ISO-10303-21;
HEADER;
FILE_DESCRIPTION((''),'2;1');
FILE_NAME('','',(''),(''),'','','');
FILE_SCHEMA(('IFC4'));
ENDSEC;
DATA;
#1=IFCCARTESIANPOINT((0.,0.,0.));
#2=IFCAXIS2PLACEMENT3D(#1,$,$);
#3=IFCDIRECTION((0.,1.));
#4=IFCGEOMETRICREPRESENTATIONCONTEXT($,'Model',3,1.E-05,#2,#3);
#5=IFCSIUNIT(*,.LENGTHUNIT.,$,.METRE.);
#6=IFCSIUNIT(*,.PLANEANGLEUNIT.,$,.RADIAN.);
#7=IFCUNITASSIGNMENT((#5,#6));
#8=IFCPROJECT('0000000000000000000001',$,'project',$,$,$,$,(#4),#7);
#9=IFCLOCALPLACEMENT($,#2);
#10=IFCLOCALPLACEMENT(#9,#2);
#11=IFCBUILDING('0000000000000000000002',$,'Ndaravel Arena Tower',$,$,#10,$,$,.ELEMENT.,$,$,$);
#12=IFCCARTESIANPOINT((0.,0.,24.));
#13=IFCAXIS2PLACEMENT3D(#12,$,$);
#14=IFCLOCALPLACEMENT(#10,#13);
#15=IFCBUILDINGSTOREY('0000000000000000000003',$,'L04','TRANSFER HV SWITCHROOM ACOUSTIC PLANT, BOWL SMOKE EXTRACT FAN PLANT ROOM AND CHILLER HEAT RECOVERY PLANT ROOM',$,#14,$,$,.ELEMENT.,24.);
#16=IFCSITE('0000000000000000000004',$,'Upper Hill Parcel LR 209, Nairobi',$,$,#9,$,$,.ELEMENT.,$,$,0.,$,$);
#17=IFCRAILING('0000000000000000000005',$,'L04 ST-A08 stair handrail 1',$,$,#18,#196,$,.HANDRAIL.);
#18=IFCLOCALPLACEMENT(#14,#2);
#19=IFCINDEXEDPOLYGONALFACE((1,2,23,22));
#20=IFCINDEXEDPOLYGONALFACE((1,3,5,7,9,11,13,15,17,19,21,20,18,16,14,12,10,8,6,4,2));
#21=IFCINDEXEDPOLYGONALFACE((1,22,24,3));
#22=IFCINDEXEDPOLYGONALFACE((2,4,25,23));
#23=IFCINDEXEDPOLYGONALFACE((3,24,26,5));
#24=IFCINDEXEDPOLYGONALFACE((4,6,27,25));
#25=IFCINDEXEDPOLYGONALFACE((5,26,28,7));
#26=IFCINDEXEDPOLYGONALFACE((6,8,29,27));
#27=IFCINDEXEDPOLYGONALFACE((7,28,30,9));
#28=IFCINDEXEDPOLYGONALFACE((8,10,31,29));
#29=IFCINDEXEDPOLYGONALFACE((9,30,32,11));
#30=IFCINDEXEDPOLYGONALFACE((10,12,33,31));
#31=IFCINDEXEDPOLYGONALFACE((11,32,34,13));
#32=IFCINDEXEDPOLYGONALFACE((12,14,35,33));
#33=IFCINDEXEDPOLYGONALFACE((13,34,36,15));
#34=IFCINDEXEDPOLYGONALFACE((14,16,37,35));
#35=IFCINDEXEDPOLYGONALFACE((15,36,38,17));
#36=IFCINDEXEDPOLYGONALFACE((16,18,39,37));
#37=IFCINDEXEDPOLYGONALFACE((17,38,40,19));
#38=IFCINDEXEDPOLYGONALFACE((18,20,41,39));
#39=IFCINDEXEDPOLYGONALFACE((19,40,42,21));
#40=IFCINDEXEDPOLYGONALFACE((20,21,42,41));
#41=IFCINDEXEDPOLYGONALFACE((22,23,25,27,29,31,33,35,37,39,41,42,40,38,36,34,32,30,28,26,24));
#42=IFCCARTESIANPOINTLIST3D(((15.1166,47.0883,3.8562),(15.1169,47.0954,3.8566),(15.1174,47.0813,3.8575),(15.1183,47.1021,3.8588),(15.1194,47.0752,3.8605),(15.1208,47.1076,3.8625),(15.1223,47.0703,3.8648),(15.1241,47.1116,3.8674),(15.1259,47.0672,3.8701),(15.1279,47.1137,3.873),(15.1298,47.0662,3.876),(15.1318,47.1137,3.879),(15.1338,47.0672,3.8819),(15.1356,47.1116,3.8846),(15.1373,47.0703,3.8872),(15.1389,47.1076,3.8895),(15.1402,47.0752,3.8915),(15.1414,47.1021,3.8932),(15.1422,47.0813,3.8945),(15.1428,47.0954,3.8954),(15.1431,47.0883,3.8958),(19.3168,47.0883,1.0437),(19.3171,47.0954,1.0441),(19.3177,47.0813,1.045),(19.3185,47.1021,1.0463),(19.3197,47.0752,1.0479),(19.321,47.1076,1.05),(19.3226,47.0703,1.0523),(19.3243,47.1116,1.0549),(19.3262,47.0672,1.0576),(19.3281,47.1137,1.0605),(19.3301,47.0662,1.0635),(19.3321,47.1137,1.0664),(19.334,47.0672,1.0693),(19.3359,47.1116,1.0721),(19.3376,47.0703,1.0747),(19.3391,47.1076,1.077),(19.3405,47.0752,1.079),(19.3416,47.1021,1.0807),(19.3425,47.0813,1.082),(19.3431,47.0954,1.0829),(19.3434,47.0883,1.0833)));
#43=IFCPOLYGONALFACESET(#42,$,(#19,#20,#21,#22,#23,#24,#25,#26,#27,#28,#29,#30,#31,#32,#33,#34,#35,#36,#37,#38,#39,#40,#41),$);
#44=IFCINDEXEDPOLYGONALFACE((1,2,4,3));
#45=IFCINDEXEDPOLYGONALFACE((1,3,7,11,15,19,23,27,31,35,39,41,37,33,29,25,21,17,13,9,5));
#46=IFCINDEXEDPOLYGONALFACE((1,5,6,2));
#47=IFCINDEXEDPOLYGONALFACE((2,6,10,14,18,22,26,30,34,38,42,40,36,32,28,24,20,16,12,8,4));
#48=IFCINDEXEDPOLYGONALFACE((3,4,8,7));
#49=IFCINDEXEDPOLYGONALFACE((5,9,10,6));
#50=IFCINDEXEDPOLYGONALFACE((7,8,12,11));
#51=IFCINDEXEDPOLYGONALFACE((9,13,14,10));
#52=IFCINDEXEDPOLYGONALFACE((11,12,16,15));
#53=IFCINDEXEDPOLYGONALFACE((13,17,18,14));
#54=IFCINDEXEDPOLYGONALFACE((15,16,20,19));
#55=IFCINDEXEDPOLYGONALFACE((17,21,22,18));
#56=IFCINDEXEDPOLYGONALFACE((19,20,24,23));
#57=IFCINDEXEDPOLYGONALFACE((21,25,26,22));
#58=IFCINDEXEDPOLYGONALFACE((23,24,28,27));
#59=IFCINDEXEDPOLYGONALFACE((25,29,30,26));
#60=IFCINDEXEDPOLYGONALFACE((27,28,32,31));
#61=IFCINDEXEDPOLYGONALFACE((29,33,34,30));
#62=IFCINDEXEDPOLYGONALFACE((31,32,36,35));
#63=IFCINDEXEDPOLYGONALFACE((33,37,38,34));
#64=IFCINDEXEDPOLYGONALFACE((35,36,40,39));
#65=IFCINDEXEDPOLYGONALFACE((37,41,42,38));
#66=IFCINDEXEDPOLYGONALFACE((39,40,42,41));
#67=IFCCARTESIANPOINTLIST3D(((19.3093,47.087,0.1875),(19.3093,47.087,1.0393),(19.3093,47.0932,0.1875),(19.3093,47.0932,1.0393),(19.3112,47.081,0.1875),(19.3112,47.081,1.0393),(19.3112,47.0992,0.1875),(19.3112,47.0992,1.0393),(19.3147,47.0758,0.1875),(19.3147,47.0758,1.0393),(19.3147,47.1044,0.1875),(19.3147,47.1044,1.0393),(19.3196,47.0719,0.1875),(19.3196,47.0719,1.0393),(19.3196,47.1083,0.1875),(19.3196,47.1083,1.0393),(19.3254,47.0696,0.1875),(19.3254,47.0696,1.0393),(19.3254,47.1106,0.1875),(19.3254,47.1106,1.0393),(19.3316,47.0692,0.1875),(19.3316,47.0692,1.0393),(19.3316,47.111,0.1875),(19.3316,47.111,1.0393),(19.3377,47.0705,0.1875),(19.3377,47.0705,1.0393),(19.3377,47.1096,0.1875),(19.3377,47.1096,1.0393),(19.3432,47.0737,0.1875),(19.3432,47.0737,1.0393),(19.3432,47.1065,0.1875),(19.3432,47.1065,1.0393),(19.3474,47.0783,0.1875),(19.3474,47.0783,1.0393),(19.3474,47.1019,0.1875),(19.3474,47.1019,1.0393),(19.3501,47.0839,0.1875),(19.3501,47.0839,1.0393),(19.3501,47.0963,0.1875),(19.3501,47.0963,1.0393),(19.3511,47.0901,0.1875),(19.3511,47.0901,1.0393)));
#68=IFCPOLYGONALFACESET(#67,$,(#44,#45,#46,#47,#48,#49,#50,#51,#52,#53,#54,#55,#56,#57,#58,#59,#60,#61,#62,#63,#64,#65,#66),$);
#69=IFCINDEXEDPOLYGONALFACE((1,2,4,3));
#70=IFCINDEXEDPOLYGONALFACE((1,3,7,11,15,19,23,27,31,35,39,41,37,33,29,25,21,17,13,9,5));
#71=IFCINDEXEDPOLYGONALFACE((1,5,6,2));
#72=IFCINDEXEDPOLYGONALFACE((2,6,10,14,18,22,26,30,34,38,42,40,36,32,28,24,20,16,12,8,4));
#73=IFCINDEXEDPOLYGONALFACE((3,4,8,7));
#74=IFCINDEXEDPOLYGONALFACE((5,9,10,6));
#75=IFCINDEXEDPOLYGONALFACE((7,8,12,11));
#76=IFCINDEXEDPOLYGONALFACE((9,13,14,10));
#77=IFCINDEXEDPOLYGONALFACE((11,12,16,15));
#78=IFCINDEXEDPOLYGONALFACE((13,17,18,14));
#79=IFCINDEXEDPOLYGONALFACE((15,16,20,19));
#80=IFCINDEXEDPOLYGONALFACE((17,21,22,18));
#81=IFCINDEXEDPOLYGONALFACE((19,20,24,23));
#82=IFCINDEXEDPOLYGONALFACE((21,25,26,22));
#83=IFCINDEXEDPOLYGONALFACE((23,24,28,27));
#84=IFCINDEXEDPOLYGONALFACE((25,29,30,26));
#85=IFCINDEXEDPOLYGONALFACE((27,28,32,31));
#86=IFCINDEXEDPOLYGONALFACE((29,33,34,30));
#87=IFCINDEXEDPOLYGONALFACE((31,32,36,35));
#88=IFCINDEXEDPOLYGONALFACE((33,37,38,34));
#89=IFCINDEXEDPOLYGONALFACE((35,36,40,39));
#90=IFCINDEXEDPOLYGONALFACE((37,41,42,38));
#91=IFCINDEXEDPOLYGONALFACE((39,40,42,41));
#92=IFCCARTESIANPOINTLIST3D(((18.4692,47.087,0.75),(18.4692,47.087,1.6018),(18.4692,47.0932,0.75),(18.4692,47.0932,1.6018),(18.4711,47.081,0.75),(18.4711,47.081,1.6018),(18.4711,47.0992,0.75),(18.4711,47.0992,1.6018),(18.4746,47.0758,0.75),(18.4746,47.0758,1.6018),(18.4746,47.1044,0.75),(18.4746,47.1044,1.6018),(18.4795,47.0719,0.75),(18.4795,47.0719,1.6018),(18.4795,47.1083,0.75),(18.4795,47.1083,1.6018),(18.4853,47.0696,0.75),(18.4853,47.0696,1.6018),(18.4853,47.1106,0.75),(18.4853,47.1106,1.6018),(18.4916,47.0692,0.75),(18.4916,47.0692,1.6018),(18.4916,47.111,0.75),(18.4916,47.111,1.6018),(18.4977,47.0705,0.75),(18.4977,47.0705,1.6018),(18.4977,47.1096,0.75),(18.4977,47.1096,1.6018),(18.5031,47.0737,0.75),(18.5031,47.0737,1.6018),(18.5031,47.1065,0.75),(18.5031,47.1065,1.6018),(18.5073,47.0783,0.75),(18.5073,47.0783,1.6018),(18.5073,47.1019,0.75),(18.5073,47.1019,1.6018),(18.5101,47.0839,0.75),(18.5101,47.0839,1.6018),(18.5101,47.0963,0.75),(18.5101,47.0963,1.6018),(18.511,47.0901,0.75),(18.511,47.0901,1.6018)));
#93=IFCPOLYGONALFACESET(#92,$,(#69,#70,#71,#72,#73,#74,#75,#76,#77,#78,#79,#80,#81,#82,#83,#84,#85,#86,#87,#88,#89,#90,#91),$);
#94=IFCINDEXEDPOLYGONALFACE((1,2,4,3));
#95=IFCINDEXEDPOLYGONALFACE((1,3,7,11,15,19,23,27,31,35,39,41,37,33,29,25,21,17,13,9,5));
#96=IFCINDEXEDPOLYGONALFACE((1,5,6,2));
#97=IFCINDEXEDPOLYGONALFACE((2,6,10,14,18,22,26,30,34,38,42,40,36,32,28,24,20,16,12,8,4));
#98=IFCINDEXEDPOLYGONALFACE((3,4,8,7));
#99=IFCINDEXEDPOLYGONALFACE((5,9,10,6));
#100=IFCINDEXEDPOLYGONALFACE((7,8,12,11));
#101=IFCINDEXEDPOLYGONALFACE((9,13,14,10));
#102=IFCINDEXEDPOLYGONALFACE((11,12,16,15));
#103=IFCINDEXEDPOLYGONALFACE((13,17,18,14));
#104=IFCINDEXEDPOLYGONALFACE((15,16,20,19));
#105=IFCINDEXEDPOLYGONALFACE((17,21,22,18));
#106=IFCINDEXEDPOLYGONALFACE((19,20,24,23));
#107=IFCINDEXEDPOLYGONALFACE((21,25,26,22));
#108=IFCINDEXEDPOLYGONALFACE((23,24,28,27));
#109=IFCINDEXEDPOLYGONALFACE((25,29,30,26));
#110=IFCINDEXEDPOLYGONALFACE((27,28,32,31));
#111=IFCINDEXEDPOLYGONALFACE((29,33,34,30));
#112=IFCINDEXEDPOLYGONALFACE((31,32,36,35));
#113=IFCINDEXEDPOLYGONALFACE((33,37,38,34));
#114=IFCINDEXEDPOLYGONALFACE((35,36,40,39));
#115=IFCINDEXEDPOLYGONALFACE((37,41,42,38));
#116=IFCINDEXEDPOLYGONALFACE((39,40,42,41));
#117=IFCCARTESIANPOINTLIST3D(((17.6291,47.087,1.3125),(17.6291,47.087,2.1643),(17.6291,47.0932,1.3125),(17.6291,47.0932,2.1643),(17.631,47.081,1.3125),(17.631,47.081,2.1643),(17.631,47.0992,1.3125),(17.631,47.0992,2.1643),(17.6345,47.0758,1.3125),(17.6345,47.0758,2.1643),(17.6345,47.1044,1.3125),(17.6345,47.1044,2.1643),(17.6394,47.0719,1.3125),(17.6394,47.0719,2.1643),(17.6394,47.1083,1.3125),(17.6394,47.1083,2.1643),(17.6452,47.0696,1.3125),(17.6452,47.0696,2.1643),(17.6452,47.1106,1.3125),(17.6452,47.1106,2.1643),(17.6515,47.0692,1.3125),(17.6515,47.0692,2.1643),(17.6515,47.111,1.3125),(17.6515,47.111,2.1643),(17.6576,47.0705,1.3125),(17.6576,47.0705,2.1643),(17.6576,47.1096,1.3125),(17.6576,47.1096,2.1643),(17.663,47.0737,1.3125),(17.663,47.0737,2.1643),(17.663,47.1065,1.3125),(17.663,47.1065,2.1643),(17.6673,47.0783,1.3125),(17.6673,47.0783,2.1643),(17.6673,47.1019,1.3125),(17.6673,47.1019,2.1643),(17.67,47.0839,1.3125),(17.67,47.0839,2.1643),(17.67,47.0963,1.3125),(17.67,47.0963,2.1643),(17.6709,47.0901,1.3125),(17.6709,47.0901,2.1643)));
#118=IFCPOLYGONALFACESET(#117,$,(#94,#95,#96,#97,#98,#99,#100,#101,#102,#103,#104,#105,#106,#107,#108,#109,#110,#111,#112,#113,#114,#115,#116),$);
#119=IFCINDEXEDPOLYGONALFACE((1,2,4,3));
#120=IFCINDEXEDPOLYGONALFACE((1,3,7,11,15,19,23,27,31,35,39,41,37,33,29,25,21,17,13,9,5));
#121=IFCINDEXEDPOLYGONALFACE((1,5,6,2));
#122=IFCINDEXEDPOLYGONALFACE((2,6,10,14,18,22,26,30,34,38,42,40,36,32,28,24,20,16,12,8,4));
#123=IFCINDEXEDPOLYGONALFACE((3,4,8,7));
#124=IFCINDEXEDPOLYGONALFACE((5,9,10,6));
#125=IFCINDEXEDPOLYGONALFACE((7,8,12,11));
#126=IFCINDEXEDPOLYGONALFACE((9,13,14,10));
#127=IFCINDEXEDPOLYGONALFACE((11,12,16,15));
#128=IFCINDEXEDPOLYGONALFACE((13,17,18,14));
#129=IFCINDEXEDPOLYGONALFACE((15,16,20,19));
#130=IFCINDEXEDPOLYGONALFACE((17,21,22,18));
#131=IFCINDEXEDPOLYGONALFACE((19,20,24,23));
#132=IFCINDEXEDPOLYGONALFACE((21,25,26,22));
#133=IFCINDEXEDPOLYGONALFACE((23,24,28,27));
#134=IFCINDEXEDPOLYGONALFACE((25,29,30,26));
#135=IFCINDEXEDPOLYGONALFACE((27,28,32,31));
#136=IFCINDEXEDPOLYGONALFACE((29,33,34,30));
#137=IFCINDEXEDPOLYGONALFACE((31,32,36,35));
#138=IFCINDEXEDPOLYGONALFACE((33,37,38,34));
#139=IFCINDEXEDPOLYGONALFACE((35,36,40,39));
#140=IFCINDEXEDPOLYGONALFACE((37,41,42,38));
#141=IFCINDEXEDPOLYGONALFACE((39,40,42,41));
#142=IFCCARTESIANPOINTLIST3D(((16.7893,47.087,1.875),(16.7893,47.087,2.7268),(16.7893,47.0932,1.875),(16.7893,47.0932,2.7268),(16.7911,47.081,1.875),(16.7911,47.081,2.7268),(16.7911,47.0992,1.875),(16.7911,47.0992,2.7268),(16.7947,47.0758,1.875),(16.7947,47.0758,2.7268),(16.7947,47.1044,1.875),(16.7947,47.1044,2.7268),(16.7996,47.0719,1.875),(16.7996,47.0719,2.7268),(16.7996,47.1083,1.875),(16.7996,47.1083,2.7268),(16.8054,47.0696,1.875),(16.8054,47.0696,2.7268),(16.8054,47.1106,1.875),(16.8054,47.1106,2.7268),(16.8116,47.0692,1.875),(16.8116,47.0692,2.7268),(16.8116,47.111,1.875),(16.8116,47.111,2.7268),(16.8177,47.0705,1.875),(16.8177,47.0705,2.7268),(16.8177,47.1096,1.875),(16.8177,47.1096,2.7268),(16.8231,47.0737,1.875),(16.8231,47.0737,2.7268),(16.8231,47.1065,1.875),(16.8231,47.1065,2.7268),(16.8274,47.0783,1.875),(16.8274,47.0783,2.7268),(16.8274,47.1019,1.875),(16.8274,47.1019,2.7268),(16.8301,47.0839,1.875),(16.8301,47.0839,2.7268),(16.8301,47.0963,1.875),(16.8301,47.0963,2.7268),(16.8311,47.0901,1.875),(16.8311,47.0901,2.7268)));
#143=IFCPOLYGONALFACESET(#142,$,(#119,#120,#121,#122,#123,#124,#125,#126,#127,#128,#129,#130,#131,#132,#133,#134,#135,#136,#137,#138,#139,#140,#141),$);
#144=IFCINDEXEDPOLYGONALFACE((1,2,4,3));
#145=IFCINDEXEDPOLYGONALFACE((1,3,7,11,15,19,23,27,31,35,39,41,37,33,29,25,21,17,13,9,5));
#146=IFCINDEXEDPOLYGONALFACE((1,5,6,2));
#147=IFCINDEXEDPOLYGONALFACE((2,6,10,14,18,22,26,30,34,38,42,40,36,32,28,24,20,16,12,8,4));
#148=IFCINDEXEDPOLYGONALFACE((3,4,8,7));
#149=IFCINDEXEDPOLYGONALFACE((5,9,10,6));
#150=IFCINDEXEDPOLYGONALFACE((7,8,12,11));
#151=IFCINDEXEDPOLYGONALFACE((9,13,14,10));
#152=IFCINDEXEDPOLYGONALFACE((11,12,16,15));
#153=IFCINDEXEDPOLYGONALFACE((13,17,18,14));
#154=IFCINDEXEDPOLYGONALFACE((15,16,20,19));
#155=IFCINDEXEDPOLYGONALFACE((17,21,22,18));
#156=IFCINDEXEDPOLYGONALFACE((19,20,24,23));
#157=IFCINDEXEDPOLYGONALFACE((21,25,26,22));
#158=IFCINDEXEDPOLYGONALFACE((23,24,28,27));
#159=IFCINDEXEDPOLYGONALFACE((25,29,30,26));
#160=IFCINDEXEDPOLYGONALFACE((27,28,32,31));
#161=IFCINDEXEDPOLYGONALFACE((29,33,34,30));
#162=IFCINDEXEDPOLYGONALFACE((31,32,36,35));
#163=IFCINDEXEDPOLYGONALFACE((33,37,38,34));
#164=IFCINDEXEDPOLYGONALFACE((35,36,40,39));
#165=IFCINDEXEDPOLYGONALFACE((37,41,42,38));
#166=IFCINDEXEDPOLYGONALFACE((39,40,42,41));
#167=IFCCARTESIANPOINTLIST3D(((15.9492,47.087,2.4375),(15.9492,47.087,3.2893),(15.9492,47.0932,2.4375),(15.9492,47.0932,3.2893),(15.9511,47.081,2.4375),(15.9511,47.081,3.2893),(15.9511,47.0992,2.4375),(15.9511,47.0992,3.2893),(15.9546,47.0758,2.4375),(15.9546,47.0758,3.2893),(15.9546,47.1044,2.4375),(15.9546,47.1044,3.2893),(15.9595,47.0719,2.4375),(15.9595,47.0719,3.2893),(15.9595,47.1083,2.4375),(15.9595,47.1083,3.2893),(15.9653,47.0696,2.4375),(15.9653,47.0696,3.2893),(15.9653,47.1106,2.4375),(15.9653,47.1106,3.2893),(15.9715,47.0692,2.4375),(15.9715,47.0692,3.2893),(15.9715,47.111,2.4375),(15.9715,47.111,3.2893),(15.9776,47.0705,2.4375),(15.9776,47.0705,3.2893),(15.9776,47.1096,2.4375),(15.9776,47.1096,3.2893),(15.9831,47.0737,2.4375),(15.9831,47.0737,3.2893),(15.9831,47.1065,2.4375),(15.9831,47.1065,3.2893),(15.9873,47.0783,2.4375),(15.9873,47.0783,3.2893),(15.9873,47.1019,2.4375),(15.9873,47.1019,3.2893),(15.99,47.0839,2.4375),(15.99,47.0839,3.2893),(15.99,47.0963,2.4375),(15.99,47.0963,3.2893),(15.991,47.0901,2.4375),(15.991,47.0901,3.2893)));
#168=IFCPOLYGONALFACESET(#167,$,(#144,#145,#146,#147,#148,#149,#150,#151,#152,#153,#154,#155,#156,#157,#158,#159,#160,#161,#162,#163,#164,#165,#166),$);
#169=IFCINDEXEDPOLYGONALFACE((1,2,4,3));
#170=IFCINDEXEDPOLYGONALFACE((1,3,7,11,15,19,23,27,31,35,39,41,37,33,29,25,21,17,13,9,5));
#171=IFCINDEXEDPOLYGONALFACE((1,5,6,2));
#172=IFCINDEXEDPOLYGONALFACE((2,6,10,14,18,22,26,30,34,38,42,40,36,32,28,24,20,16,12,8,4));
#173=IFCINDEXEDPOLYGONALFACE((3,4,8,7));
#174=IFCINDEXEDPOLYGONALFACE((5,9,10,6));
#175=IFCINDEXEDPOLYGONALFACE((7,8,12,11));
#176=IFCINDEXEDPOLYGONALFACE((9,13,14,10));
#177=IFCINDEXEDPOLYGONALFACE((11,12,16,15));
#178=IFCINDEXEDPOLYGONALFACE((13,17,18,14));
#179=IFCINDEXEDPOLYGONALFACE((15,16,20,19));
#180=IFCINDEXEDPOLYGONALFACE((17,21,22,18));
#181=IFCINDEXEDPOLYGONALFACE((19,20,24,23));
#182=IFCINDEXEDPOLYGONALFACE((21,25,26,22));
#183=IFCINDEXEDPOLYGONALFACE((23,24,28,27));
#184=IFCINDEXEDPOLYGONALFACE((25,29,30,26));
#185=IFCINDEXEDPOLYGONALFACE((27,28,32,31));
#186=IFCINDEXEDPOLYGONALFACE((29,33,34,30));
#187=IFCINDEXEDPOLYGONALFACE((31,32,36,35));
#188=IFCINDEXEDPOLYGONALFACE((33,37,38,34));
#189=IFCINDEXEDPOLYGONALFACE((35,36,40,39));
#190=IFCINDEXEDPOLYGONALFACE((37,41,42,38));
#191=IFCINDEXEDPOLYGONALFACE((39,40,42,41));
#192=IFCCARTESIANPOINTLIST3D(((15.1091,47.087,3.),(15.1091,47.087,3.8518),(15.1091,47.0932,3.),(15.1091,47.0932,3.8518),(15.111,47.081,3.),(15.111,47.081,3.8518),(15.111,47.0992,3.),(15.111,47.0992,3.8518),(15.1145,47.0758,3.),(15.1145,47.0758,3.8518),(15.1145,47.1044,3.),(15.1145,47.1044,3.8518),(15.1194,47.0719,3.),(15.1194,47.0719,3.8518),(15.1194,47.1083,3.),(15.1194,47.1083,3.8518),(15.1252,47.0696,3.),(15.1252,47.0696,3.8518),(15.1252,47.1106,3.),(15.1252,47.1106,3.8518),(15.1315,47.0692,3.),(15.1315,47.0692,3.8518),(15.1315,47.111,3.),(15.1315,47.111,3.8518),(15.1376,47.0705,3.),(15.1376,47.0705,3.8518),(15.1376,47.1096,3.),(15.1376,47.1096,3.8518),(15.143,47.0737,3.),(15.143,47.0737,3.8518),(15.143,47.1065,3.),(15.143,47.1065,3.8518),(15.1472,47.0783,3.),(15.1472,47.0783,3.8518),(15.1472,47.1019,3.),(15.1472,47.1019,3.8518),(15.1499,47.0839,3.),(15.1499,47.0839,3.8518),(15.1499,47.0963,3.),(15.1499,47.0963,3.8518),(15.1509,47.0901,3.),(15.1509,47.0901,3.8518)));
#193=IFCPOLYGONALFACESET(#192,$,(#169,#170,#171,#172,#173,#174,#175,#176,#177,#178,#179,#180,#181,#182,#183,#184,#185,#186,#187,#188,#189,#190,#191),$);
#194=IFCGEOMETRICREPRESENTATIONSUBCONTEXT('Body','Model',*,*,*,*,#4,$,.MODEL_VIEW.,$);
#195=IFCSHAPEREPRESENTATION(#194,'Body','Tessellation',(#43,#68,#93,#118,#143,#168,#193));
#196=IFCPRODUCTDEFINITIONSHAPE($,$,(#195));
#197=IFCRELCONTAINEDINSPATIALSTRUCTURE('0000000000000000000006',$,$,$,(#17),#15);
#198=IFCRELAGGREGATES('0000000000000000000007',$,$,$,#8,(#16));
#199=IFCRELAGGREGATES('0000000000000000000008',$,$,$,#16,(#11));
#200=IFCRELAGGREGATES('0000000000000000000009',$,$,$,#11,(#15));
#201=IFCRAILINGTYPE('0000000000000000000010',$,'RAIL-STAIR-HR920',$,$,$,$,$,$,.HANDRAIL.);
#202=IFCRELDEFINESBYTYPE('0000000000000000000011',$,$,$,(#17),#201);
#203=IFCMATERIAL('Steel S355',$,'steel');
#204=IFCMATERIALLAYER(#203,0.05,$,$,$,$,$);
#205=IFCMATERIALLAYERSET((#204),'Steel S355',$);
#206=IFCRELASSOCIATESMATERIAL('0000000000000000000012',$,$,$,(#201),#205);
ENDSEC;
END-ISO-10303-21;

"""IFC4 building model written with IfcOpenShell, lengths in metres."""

from ifc_helpers import new_model, si_unit, direction, frame, origin, origin_2d, place, context, subcontext, project, spatial, circle, extrude, material, layer, layer_set, type_object, element, save


model = new_model("IFC4")

# Units and contexts
model_context = context("Model", 3, precision=1e-05, world=origin(), true_north=direction((0.0, 1.0)))
body_context = subcontext(model_context, "Body", "Model", "MODEL_VIEW")
ifc_project = project(units=[si_unit("LENGTHUNIT", "METRE"), si_unit("PLANEANGLEUNIT", "RADIAN")], contexts=[model_context])

# Site, building, storey
site_placement = place(None, origin())
site = spatial("IfcSite", under=ifc_project, at=site_placement, Name="Upper Hill Parcel LR 209, Nairobi", CompositionType="ELEMENT", RefElevation=0.0)
building_placement = place(site_placement, origin())
building = spatial("IfcBuilding", under=site, at=building_placement, Name="Ndaravel Arena Tower", CompositionType="ELEMENT")
storey_placement = place(building_placement, frame((0.0, 0.0, 24.0)))
storey = spatial("IfcBuildingStorey", under=building, at=storey_placement, Name="L04", Description="TRANSFER HV SWITCHROOM ACOUSTIC PLANT, BOWL SMOKE EXTRACT FAN PLANT ROOM AND CHILLER HEAT RECOVERY PLANT ROOM", CompositionType="ELEMENT", Elevation=24.0)

# Railing
ifc_material_1 = material(Name="Steel S355", Category="steel")
ifc_layer_1 = layer(ifc_material_1, 0.05)
ifc_layer_set_1 = layer_set([ifc_layer_1], Name="Steel S355")
railing_type_1 = type_object("IfcRailingType", Name="RAIL-STAIR-HR920", PredefinedType="HANDRAIL", material=ifc_layer_set_1)
railing_1_placement = place(storey_placement, frame((19.3301, 47.0901, 0.1875)))
element("IfcRailing", 1, at=railing_1_placement, inside=storey, type_object=railing_type_1, Name="L04 ST-A08 stair handrail 1", PredefinedType="HANDRAIL", context=body_context, shape_type="SweptSolid", body=[
    extrude(circle(Radius=0.0239, at=origin_2d()), frame((0.0, 0.0, 0.876), z_axis=(-0.830919, 0.0, 0.556393), x_axis=(0.0, -1.0, 0.0)), (0.0, 0.0, 1.0), 5.0549),
    extrude(circle(Radius=0.021, at=origin_2d()), origin(), (0.0, 0.0, 1.0), 0.8518),
    extrude(circle(Radius=0.021, at=origin_2d()), frame((-0.8401, 0.0, 0.5625)), (0.0, 0.0, 1.0), 0.8518),
    extrude(circle(Radius=0.021, at=origin_2d()), frame((-1.6802, 0.0, 1.125)), (0.0, 0.0, 1.0), 0.8518),
    extrude(circle(Radius=0.021, at=origin_2d()), frame((-2.52, 0.0, 1.6875)), (0.0, 0.0, 1.0), 0.8518),
    extrude(circle(Radius=0.021, at=origin_2d()), frame((-3.3601, 0.0, 2.25)), (0.0, 0.0, 1.0), 0.8518),
    extrude(circle(Radius=0.021, at=origin_2d()), frame((-4.2002, 0.0, 2.8125)), (0.0, 0.0, 1.0), 0.8518),
])

save(model, "model.ifc")
